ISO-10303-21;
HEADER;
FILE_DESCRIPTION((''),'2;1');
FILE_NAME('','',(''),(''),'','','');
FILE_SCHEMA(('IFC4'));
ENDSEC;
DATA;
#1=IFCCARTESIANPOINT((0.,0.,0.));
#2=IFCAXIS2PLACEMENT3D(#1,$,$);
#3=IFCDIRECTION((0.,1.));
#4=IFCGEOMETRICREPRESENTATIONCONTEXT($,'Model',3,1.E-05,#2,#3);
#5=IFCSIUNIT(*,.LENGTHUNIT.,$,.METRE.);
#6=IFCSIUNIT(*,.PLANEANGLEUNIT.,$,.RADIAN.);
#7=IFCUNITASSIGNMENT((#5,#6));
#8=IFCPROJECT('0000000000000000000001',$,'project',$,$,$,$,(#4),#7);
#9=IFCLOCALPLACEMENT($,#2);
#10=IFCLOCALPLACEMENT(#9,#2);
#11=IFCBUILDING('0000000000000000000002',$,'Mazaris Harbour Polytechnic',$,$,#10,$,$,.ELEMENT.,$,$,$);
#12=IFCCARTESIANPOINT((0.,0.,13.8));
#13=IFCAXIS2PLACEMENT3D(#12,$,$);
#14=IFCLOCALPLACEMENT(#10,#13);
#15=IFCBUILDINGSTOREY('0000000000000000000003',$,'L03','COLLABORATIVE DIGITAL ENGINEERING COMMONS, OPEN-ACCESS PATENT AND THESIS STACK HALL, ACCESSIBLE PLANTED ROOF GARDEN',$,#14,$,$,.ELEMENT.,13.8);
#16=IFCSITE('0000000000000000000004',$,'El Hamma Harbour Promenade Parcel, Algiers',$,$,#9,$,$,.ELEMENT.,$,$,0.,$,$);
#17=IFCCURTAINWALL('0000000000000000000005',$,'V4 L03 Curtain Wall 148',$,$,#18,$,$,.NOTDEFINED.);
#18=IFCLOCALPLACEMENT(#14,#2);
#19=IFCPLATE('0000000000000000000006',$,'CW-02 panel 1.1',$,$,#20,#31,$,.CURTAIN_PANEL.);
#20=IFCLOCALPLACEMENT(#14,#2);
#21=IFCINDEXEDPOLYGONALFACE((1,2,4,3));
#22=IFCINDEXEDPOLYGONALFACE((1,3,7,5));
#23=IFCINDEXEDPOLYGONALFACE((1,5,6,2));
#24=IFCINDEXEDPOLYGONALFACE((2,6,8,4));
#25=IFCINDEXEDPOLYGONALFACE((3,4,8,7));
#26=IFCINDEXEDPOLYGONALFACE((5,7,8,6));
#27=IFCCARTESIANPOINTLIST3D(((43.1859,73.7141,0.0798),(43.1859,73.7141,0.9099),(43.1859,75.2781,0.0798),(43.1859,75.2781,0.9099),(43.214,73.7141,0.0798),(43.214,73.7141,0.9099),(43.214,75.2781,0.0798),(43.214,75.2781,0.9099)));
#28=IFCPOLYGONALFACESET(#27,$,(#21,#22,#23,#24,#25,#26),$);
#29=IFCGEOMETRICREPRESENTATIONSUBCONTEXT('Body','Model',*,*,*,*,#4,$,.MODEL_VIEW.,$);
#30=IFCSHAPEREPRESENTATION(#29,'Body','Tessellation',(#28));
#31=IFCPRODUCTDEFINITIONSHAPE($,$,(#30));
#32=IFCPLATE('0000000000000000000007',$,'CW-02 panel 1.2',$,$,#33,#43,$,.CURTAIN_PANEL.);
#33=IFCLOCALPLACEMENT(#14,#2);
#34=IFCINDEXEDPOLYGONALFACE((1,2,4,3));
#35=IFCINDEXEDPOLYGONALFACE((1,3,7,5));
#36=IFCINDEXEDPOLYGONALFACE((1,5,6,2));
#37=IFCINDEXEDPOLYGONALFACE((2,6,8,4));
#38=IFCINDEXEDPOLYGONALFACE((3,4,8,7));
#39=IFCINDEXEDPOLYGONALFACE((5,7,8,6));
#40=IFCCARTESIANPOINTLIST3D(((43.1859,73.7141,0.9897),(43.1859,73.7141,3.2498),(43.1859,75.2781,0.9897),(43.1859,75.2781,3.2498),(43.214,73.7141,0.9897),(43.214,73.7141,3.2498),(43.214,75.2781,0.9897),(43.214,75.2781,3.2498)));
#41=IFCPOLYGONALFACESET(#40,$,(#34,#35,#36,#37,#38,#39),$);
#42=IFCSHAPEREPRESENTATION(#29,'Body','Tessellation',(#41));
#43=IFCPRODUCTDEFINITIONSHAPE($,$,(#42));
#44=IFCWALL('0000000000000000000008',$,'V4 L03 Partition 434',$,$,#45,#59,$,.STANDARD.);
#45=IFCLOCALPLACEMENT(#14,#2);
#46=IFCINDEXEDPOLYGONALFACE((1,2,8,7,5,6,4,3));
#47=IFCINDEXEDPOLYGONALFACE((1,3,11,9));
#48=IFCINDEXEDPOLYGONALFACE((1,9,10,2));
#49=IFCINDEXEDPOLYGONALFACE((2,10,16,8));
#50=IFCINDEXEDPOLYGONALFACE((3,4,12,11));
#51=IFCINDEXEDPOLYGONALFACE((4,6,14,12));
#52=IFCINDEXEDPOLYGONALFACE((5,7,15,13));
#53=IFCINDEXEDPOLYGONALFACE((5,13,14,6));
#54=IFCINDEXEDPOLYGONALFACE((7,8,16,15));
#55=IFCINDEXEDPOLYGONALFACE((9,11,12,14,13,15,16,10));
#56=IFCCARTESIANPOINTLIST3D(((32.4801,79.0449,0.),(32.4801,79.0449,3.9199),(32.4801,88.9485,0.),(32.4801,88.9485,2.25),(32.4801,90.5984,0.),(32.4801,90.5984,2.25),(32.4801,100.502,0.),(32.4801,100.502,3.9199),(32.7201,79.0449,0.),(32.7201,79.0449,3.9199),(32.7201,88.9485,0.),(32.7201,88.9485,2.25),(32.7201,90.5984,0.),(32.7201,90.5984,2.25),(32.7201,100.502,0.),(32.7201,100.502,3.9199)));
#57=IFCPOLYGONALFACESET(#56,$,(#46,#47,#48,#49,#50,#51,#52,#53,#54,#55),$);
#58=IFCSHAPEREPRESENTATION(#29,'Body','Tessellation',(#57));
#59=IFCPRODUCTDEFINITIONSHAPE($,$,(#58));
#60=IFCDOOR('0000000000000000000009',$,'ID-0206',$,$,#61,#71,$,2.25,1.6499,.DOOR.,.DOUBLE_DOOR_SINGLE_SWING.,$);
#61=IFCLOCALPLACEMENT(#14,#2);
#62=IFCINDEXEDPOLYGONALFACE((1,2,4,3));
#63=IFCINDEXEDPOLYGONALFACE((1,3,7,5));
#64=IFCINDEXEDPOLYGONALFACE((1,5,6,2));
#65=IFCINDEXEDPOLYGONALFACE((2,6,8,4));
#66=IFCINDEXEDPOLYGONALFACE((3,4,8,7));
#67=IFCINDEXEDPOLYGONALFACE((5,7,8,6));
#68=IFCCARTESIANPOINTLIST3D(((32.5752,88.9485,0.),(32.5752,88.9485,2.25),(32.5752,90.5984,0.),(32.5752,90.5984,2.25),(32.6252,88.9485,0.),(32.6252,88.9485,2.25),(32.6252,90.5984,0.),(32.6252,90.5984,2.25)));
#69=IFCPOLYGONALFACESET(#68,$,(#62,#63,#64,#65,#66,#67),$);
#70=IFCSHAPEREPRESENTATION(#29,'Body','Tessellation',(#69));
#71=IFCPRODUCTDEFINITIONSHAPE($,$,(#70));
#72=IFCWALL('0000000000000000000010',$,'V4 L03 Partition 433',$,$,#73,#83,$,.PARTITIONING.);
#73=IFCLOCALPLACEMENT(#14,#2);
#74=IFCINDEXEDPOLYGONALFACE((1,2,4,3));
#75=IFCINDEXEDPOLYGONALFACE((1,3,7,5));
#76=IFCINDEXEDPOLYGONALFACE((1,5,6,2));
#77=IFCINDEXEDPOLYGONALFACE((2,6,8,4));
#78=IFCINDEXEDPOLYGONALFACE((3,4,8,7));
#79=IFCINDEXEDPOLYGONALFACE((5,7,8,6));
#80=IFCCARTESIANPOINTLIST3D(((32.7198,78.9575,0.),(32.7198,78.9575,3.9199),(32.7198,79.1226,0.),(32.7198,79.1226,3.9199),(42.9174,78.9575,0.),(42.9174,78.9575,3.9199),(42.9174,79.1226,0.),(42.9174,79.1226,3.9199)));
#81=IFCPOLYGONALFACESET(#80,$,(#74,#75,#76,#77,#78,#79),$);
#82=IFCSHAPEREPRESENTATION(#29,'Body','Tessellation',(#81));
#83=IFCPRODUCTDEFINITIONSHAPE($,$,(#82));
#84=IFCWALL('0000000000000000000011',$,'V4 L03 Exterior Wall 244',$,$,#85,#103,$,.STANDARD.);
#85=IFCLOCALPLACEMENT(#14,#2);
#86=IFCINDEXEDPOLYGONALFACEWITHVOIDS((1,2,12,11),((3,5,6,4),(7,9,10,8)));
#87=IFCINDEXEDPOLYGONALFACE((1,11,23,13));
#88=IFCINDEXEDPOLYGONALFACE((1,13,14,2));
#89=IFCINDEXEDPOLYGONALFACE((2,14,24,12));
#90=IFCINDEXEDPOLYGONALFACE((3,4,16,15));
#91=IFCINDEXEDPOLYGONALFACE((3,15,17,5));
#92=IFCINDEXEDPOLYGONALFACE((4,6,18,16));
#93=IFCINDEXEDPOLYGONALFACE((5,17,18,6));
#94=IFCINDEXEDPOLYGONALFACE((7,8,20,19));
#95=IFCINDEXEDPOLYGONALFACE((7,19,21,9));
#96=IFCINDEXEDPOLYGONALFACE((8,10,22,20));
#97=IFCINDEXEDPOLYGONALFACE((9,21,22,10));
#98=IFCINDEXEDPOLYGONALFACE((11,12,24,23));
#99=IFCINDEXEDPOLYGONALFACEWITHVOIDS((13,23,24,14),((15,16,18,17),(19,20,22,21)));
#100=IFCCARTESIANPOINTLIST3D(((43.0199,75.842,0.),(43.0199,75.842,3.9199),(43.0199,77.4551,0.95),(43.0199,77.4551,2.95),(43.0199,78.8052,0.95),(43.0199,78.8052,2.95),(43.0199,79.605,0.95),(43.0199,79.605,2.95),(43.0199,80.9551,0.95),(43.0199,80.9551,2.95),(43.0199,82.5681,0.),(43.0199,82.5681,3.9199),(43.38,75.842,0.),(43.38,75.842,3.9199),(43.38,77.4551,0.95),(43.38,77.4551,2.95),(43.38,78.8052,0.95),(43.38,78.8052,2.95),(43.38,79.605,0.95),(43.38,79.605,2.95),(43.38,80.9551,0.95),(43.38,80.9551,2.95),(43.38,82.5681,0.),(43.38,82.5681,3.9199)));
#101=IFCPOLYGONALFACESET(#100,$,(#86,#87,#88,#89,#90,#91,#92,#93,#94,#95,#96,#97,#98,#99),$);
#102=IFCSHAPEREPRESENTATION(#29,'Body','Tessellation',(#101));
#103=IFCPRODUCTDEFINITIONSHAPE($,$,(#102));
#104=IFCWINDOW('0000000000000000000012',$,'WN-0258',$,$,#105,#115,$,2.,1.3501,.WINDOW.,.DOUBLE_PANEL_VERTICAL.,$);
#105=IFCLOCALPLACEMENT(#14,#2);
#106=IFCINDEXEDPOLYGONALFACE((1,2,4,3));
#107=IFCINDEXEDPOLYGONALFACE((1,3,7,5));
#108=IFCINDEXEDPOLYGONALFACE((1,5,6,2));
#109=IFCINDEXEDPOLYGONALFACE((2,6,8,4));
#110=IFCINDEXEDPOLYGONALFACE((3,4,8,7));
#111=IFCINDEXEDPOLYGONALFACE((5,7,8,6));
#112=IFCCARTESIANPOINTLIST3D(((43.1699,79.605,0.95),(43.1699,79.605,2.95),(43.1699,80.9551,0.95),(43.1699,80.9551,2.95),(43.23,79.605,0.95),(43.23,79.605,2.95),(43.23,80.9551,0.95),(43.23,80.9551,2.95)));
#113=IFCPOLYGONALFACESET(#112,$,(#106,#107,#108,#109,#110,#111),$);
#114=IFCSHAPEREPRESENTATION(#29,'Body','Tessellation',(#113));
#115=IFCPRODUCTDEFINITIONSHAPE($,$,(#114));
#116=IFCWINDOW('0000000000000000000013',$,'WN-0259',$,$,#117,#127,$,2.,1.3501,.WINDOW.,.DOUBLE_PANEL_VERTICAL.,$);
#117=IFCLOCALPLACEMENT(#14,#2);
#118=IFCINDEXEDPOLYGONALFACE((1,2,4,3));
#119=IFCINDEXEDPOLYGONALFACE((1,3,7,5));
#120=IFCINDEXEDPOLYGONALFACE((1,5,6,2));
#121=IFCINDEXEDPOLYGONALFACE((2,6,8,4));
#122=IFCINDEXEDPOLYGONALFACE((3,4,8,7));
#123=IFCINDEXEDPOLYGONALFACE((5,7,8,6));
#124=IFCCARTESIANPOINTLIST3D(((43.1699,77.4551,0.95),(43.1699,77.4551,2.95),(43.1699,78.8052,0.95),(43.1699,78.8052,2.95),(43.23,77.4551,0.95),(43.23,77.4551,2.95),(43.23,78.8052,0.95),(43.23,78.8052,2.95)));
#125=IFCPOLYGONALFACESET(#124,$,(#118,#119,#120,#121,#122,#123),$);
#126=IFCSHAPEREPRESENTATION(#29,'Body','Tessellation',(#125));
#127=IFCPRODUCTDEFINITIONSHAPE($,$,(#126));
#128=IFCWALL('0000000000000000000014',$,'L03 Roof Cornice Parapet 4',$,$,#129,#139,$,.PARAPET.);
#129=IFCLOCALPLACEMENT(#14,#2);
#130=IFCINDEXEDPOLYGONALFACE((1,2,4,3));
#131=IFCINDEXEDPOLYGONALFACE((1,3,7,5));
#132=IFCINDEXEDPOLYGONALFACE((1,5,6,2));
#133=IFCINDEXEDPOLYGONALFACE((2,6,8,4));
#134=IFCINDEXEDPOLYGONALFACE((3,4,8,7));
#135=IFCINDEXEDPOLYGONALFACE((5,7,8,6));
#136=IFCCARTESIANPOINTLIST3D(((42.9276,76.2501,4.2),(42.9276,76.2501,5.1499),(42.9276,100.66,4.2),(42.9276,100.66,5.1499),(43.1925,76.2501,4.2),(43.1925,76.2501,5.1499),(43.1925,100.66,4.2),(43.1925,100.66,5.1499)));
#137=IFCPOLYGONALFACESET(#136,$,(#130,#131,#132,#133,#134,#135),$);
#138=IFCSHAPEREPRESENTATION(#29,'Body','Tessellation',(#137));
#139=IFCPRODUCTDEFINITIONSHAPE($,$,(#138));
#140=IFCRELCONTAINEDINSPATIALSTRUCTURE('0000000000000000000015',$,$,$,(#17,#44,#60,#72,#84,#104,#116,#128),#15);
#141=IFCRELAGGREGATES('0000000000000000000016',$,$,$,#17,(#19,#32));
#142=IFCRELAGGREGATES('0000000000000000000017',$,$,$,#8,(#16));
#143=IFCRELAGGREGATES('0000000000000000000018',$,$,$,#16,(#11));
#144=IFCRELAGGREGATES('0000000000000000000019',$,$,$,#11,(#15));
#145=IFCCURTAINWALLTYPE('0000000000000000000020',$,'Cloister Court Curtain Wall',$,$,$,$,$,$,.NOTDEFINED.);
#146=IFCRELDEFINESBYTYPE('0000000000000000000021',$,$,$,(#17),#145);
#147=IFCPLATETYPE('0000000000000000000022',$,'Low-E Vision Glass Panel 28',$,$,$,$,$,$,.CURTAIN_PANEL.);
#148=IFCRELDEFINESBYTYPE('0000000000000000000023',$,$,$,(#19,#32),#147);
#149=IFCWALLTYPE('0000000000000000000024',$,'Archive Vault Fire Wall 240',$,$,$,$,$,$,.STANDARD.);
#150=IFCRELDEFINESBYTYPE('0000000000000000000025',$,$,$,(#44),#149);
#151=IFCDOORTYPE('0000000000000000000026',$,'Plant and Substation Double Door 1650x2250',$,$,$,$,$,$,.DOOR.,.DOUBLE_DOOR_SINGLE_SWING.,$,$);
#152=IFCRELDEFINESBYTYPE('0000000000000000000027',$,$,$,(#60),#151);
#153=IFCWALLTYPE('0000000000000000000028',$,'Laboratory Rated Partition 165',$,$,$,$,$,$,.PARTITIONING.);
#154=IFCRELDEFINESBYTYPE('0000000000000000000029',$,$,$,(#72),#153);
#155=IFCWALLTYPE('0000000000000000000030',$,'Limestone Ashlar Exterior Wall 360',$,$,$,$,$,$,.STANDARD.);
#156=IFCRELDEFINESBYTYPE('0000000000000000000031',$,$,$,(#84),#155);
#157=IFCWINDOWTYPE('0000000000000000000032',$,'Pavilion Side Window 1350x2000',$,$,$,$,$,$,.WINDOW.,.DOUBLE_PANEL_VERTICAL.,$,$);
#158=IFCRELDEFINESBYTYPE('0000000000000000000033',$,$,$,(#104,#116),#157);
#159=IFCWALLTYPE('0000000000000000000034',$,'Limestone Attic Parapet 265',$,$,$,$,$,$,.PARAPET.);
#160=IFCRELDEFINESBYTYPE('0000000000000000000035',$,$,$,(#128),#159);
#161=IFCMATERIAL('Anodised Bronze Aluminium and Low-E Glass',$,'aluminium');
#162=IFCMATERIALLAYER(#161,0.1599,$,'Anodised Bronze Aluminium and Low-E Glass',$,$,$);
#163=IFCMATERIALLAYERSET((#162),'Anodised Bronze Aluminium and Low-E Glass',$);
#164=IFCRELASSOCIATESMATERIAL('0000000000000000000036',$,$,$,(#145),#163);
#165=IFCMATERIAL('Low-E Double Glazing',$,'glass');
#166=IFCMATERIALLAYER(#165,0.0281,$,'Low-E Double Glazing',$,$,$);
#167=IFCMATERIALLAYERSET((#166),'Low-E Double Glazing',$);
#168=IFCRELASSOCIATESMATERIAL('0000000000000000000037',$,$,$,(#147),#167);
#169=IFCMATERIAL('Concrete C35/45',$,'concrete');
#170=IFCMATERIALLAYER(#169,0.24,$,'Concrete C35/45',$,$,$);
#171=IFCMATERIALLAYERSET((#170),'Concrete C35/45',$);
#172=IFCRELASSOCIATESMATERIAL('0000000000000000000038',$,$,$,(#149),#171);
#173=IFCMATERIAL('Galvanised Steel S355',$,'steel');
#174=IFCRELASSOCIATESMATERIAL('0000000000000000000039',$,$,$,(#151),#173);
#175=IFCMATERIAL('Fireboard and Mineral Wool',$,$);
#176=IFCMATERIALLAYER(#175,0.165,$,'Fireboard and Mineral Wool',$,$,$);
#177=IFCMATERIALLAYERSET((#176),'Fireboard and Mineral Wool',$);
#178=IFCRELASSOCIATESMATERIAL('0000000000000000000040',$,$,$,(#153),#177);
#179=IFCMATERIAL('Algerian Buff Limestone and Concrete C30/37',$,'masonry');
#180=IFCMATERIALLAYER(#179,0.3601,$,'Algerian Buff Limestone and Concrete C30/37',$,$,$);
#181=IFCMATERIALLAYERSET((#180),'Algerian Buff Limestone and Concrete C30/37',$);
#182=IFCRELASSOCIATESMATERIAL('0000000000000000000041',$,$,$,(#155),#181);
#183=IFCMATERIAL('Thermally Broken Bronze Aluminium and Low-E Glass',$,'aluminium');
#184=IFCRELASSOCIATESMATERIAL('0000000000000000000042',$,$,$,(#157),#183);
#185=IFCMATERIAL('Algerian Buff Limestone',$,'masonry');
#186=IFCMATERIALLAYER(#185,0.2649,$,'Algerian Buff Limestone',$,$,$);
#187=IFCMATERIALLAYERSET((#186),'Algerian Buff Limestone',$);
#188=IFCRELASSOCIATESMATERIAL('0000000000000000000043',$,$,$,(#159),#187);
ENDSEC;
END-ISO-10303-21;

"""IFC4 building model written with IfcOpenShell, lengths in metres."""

from ifc_helpers import new_model, si_unit, direction, frame, frame_2d, origin, origin_2d, place, context, subcontext, project, spatial, rectangle, extrude, material, layer, layer_set, type_object, element, fill, aggregate, save


model = new_model("IFC4")

# Units and contexts
model_context = context("Model", 3, precision=1e-05, world=origin(), true_north=direction((0.0, 1.0)))
body_context = subcontext(model_context, "Body", "Model", "MODEL_VIEW")
ifc_project = project(units=[si_unit("LENGTHUNIT", "METRE"), si_unit("PLANEANGLEUNIT", "RADIAN")], contexts=[model_context])

# Site, building, storey
site_placement = place(None, origin())
site = spatial("IfcSite", under=ifc_project, at=site_placement, Name="El Hamma Harbour Promenade Parcel, Algiers", CompositionType="ELEMENT", RefElevation=0.0)
building_placement = place(site_placement, origin())
building = spatial("IfcBuilding", under=site, at=building_placement, Name="Mazaris Harbour Polytechnic", CompositionType="ELEMENT")
storey_placement = place(building_placement, frame((0.0, 0.0, 13.8)))
storey = spatial("IfcBuildingStorey", under=building, at=storey_placement, Name="L03", Description="COLLABORATIVE DIGITAL ENGINEERING COMMONS, OPEN-ACCESS PATENT AND THESIS STACK HALL, ACCESSIBLE PLANTED ROOF GARDEN", CompositionType="ELEMENT", Elevation=13.8)

# Curtain wall
ifc_material_1 = material(Name="Anodised Bronze Aluminium and Low-E Glass", Category="aluminium")
ifc_layer_1 = layer(ifc_material_1, 0.1599, Name="Anodised Bronze Aluminium and Low-E Glass")
ifc_layer_set_1 = layer_set([ifc_layer_1], Name="Anodised Bronze Aluminium and Low-E Glass")
curtain_wall_type = type_object("IfcCurtainWallType", Name="Cloister Court Curtain Wall", PredefinedType="NOTDEFINED", material=ifc_layer_set_1)
curtain_wall_placement = place(storey_placement, origin())
curtain_wall = element("IfcCurtainWall", 1, at=curtain_wall_placement, inside=storey, type_object=curtain_wall_type, Name="V4 L03 Curtain Wall 148", PredefinedType="NOTDEFINED")

# Plates
ifc_material_2 = material(Name="Low-E Double Glazing", Category="glass")
ifc_layer_2 = layer(ifc_material_2, 0.0281, Name="Low-E Double Glazing")
ifc_layer_set_2 = layer_set([ifc_layer_2], Name="Low-E Double Glazing")
plate_type = type_object("IfcPlateType", Name="Low-E Vision Glass Panel 28", PredefinedType="CURTAIN_PANEL", material=ifc_layer_set_2)
plate_1_placement = place(storey_placement, frame((43.2, 74.4961, 0.0798), z_axis=(0.0, 0.0, 1.0), x_axis=(0.0, -1.0, 0.0)))
plate_1 = element("IfcPlate", 2, at=plate_1_placement, type_object=plate_type, Name="CW-02 panel 1.1", PredefinedType="CURTAIN_PANEL", context=body_context, shape_type="SweptSolid", body=[
    extrude(rectangle(XDim=1.564, YDim=0.0281, at=origin_2d()), origin(), (0.0, 0.0, 1.0), 0.8301),
])
plate_2_placement = place(storey_placement, frame((43.2, 74.4961, 0.9897), z_axis=(0.0, 0.0, 1.0), x_axis=(0.0, -1.0, 0.0)))
plate_2 = element("IfcPlate", 3, at=plate_2_placement, type_object=plate_type, Name="CW-02 panel 1.2", PredefinedType="CURTAIN_PANEL", context=body_context, shape_type="SweptSolid", body=[
    extrude(rectangle(XDim=1.564, YDim=0.0281, at=origin_2d()), origin(), (0.0, 0.0, 1.0), 2.26),
])
aggregate(curtain_wall, [plate_1, plate_2])

# Wall, opening, door
ifc_material_3 = material(Name="Concrete C35/45", Category="concrete")
ifc_layer_3 = layer(ifc_material_3, 0.24, Name="Concrete C35/45")
ifc_layer_set_3 = layer_set([ifc_layer_3], Name="Concrete C35/45")
wall_type_1 = type_object("IfcWallType", Name="Archive Vault Fire Wall 240", PredefinedType="STANDARD", material=ifc_layer_set_3)
wall_1_placement = place(storey_placement, frame((32.6001, 79.0449, 0.0), z_axis=(0.0, 0.0, 1.0), x_axis=(0.0, 1.0, 0.0)))
wall_1 = element("IfcWall", 4, at=wall_1_placement, inside=storey, type_object=wall_type_1, Name="V4 L03 Partition 434", PredefinedType="STANDARD", context=body_context, shape_type="SweptSolid", body=[
    extrude(rectangle(XDim=21.457, YDim=0.24, at=frame_2d((10.7285, 0.0))), origin(), (0.0, 0.0, 1.0), 3.9199),
])
opening_1_placement = place(wall_1_placement, frame((9.9036, 0.0, 0.0)))
opening_1 = element("IfcOpeningElement", 5, at=opening_1_placement, cuts=wall_1, PredefinedType="OPENING", context=body_context, shape_type="SweptSolid", body=[
    extrude(rectangle(XDim=1.6499, YDim=2.25, at=frame_2d((0.825, 1.125))), frame((0.0, 0.1299, 0.0), z_axis=(0.0, -1.0, 0.0), x_axis=(1.0, 0.0, 0.0)), (0.0, 0.0, 1.0), 0.26),
])
ifc_material_4 = material(Name="Galvanised Steel S355", Category="steel")
door_type_1 = type_object("IfcDoorType", Name="Plant and Substation Double Door 1650x2250", OperationType="DOUBLE_DOOR_SINGLE_SWING", PredefinedType="DOOR", material=ifc_material_4)
door_1_placement = place(opening_1_placement, origin())
door_1 = element("IfcDoor", 6, at=door_1_placement, inside=storey, type_object=door_type_1, Name="ID-0206", OperationType="DOUBLE_DOOR_SINGLE_SWING", OverallHeight=2.25, OverallWidth=1.6499, PredefinedType="DOOR", context=body_context, shape_type="SweptSolid", body=[
    extrude(rectangle(XDim=1.6499, YDim=2.25, at=frame_2d((0.825, 1.125))), frame((0.0, 0.0249, 0.0), z_axis=(0.0, -1.0, 0.0), x_axis=(1.0, 0.0, 0.0)), (0.0, 0.0, 1.0), 0.05),
])
fill(opening_1, door_1)

# Wall
ifc_material_5 = material(Name="Fireboard and Mineral Wool")
ifc_layer_4 = layer(ifc_material_5, 0.165, Name="Fireboard and Mineral Wool")
ifc_layer_set_4 = layer_set([ifc_layer_4], Name="Fireboard and Mineral Wool")
wall_type_2 = type_object("IfcWallType", Name="Laboratory Rated Partition 165", PredefinedType="PARTITIONING", material=ifc_layer_set_4)
wall_2_placement = place(storey_placement, frame((32.72, 79.04, 0.0), z_axis=(0.0, 0.0, 1.0), x_axis=(1.0, 0.0, 0.0)))
element("IfcWall", 7, at=wall_2_placement, inside=storey, type_object=wall_type_2, Name="V4 L03 Partition 433", PredefinedType="PARTITIONING", context=body_context, shape_type="SweptSolid", body=[
    extrude(rectangle(XDim=10.1975, YDim=0.165, at=frame_2d((5.0986, 0.0))), origin(), (0.0, 0.0, 1.0), 3.9199),
])

# Wall, openings, windows
ifc_material_6 = material(Name="Algerian Buff Limestone and Concrete C30/37", Category="masonry")
ifc_layer_5 = layer(ifc_material_6, 0.3601, Name="Algerian Buff Limestone and Concrete C30/37")
ifc_layer_set_5 = layer_set([ifc_layer_5], Name="Algerian Buff Limestone and Concrete C30/37")
wall_type_3 = type_object("IfcWallType", Name="Limestone Ashlar Exterior Wall 360", PredefinedType="STANDARD", material=ifc_layer_set_5)
wall_3_placement = place(storey_placement, frame((43.2, 82.5681, 0.0), z_axis=(0.0, 0.0, 1.0), x_axis=(0.0, -1.0, 0.0)))
wall_3 = element("IfcWall", 8, at=wall_3_placement, inside=storey, type_object=wall_type_3, Name="V4 L03 Exterior Wall 244", PredefinedType="STANDARD", context=body_context, shape_type="SweptSolid", body=[
    extrude(rectangle(XDim=6.7261, YDim=0.3601, at=frame_2d((3.363, 0.0))), origin(), (0.0, 0.0, 1.0), 3.9199),
])
opening_2_placement = place(wall_3_placement, frame((1.613, 0.0, 0.95)))
opening_2 = element("IfcOpeningElement", 9, at=opening_2_placement, cuts=wall_3, PredefinedType="OPENING", context=body_context, shape_type="SweptSolid", body=[
    extrude(rectangle(XDim=1.3501, YDim=2.0, at=frame_2d((0.675, 1.0))), frame((0.0, 0.1899, 0.0), z_axis=(0.0, -1.0, 0.0), x_axis=(1.0, 0.0, 0.0)), (0.0, 0.0, 1.0), 0.3801),
])
opening_3_placement = place(wall_3_placement, frame((3.7629, 0.0, 0.95)))
opening_3 = element("IfcOpeningElement", 10, at=opening_3_placement, cuts=wall_3, PredefinedType="OPENING", context=body_context, shape_type="SweptSolid", body=[
    extrude(rectangle(XDim=1.3501, YDim=2.0, at=frame_2d((0.675, 1.0))), frame((0.0, 0.1899, 0.0), z_axis=(0.0, -1.0, 0.0), x_axis=(1.0, 0.0, 0.0)), (0.0, 0.0, 1.0), 0.3801),
])
ifc_material_7 = material(Name="Thermally Broken Bronze Aluminium and Low-E Glass", Category="aluminium")
window_type = type_object("IfcWindowType", Name="Pavilion Side Window 1350x2000", PartitioningType="DOUBLE_PANEL_VERTICAL", PredefinedType="WINDOW", material=ifc_material_7)
window_1_placement = place(opening_2_placement, origin())
window_1 = element("IfcWindow", 11, at=window_1_placement, inside=storey, type_object=window_type, Name="WN-0258", OverallHeight=2.0, OverallWidth=1.3501, PartitioningType="DOUBLE_PANEL_VERTICAL", PredefinedType="WINDOW", context=body_context, shape_type="SweptSolid", body=[
    extrude(rectangle(XDim=1.3501, YDim=2.0, at=frame_2d((0.675, 1.0))), frame((0.0, 0.03, 0.0), z_axis=(0.0, -1.0, 0.0), x_axis=(1.0, 0.0, 0.0)), (0.0, 0.0, 1.0), 0.0601),
])
fill(opening_2, window_1)
window_2_placement = place(opening_3_placement, origin())
window_2 = element("IfcWindow", 12, at=window_2_placement, inside=storey, type_object=window_type, Name="WN-0259", OverallHeight=2.0, OverallWidth=1.3501, PartitioningType="DOUBLE_PANEL_VERTICAL", PredefinedType="WINDOW", context=body_context, shape_type="SweptSolid", body=[
    extrude(rectangle(XDim=1.3501, YDim=2.0, at=frame_2d((0.675, 1.0))), frame((0.0, 0.03, 0.0), z_axis=(0.0, -1.0, 0.0), x_axis=(1.0, 0.0, 0.0)), (0.0, 0.0, 1.0), 0.0601),
])
fill(opening_3, window_2)

# Wall
ifc_material_8 = material(Name="Algerian Buff Limestone", Category="masonry")
ifc_layer_6 = layer(ifc_material_8, 0.2649, Name="Algerian Buff Limestone")
ifc_layer_set_6 = layer_set([ifc_layer_6], Name="Algerian Buff Limestone")
wall_type_4 = type_object("IfcWallType", Name="Limestone Attic Parapet 265", PredefinedType="PARAPET", material=ifc_layer_set_6)
wall_4_placement = place(storey_placement, frame((43.0601, 76.25, 4.2), z_axis=(0.0, 0.0, 1.0), x_axis=(0.0, 1.0, 0.0)))
element("IfcWall", 13, at=wall_4_placement, inside=storey, type_object=wall_type_4, Name="L03 Roof Cornice Parapet 4", PredefinedType="PARAPET", context=body_context, shape_type="SweptSolid", body=[
    extrude(rectangle(XDim=24.4099, YDim=0.2649, at=frame_2d((12.2051, 0.0))), origin(), (0.0, 0.0, 1.0), 0.95),
])

save(model, "model.ifc")
